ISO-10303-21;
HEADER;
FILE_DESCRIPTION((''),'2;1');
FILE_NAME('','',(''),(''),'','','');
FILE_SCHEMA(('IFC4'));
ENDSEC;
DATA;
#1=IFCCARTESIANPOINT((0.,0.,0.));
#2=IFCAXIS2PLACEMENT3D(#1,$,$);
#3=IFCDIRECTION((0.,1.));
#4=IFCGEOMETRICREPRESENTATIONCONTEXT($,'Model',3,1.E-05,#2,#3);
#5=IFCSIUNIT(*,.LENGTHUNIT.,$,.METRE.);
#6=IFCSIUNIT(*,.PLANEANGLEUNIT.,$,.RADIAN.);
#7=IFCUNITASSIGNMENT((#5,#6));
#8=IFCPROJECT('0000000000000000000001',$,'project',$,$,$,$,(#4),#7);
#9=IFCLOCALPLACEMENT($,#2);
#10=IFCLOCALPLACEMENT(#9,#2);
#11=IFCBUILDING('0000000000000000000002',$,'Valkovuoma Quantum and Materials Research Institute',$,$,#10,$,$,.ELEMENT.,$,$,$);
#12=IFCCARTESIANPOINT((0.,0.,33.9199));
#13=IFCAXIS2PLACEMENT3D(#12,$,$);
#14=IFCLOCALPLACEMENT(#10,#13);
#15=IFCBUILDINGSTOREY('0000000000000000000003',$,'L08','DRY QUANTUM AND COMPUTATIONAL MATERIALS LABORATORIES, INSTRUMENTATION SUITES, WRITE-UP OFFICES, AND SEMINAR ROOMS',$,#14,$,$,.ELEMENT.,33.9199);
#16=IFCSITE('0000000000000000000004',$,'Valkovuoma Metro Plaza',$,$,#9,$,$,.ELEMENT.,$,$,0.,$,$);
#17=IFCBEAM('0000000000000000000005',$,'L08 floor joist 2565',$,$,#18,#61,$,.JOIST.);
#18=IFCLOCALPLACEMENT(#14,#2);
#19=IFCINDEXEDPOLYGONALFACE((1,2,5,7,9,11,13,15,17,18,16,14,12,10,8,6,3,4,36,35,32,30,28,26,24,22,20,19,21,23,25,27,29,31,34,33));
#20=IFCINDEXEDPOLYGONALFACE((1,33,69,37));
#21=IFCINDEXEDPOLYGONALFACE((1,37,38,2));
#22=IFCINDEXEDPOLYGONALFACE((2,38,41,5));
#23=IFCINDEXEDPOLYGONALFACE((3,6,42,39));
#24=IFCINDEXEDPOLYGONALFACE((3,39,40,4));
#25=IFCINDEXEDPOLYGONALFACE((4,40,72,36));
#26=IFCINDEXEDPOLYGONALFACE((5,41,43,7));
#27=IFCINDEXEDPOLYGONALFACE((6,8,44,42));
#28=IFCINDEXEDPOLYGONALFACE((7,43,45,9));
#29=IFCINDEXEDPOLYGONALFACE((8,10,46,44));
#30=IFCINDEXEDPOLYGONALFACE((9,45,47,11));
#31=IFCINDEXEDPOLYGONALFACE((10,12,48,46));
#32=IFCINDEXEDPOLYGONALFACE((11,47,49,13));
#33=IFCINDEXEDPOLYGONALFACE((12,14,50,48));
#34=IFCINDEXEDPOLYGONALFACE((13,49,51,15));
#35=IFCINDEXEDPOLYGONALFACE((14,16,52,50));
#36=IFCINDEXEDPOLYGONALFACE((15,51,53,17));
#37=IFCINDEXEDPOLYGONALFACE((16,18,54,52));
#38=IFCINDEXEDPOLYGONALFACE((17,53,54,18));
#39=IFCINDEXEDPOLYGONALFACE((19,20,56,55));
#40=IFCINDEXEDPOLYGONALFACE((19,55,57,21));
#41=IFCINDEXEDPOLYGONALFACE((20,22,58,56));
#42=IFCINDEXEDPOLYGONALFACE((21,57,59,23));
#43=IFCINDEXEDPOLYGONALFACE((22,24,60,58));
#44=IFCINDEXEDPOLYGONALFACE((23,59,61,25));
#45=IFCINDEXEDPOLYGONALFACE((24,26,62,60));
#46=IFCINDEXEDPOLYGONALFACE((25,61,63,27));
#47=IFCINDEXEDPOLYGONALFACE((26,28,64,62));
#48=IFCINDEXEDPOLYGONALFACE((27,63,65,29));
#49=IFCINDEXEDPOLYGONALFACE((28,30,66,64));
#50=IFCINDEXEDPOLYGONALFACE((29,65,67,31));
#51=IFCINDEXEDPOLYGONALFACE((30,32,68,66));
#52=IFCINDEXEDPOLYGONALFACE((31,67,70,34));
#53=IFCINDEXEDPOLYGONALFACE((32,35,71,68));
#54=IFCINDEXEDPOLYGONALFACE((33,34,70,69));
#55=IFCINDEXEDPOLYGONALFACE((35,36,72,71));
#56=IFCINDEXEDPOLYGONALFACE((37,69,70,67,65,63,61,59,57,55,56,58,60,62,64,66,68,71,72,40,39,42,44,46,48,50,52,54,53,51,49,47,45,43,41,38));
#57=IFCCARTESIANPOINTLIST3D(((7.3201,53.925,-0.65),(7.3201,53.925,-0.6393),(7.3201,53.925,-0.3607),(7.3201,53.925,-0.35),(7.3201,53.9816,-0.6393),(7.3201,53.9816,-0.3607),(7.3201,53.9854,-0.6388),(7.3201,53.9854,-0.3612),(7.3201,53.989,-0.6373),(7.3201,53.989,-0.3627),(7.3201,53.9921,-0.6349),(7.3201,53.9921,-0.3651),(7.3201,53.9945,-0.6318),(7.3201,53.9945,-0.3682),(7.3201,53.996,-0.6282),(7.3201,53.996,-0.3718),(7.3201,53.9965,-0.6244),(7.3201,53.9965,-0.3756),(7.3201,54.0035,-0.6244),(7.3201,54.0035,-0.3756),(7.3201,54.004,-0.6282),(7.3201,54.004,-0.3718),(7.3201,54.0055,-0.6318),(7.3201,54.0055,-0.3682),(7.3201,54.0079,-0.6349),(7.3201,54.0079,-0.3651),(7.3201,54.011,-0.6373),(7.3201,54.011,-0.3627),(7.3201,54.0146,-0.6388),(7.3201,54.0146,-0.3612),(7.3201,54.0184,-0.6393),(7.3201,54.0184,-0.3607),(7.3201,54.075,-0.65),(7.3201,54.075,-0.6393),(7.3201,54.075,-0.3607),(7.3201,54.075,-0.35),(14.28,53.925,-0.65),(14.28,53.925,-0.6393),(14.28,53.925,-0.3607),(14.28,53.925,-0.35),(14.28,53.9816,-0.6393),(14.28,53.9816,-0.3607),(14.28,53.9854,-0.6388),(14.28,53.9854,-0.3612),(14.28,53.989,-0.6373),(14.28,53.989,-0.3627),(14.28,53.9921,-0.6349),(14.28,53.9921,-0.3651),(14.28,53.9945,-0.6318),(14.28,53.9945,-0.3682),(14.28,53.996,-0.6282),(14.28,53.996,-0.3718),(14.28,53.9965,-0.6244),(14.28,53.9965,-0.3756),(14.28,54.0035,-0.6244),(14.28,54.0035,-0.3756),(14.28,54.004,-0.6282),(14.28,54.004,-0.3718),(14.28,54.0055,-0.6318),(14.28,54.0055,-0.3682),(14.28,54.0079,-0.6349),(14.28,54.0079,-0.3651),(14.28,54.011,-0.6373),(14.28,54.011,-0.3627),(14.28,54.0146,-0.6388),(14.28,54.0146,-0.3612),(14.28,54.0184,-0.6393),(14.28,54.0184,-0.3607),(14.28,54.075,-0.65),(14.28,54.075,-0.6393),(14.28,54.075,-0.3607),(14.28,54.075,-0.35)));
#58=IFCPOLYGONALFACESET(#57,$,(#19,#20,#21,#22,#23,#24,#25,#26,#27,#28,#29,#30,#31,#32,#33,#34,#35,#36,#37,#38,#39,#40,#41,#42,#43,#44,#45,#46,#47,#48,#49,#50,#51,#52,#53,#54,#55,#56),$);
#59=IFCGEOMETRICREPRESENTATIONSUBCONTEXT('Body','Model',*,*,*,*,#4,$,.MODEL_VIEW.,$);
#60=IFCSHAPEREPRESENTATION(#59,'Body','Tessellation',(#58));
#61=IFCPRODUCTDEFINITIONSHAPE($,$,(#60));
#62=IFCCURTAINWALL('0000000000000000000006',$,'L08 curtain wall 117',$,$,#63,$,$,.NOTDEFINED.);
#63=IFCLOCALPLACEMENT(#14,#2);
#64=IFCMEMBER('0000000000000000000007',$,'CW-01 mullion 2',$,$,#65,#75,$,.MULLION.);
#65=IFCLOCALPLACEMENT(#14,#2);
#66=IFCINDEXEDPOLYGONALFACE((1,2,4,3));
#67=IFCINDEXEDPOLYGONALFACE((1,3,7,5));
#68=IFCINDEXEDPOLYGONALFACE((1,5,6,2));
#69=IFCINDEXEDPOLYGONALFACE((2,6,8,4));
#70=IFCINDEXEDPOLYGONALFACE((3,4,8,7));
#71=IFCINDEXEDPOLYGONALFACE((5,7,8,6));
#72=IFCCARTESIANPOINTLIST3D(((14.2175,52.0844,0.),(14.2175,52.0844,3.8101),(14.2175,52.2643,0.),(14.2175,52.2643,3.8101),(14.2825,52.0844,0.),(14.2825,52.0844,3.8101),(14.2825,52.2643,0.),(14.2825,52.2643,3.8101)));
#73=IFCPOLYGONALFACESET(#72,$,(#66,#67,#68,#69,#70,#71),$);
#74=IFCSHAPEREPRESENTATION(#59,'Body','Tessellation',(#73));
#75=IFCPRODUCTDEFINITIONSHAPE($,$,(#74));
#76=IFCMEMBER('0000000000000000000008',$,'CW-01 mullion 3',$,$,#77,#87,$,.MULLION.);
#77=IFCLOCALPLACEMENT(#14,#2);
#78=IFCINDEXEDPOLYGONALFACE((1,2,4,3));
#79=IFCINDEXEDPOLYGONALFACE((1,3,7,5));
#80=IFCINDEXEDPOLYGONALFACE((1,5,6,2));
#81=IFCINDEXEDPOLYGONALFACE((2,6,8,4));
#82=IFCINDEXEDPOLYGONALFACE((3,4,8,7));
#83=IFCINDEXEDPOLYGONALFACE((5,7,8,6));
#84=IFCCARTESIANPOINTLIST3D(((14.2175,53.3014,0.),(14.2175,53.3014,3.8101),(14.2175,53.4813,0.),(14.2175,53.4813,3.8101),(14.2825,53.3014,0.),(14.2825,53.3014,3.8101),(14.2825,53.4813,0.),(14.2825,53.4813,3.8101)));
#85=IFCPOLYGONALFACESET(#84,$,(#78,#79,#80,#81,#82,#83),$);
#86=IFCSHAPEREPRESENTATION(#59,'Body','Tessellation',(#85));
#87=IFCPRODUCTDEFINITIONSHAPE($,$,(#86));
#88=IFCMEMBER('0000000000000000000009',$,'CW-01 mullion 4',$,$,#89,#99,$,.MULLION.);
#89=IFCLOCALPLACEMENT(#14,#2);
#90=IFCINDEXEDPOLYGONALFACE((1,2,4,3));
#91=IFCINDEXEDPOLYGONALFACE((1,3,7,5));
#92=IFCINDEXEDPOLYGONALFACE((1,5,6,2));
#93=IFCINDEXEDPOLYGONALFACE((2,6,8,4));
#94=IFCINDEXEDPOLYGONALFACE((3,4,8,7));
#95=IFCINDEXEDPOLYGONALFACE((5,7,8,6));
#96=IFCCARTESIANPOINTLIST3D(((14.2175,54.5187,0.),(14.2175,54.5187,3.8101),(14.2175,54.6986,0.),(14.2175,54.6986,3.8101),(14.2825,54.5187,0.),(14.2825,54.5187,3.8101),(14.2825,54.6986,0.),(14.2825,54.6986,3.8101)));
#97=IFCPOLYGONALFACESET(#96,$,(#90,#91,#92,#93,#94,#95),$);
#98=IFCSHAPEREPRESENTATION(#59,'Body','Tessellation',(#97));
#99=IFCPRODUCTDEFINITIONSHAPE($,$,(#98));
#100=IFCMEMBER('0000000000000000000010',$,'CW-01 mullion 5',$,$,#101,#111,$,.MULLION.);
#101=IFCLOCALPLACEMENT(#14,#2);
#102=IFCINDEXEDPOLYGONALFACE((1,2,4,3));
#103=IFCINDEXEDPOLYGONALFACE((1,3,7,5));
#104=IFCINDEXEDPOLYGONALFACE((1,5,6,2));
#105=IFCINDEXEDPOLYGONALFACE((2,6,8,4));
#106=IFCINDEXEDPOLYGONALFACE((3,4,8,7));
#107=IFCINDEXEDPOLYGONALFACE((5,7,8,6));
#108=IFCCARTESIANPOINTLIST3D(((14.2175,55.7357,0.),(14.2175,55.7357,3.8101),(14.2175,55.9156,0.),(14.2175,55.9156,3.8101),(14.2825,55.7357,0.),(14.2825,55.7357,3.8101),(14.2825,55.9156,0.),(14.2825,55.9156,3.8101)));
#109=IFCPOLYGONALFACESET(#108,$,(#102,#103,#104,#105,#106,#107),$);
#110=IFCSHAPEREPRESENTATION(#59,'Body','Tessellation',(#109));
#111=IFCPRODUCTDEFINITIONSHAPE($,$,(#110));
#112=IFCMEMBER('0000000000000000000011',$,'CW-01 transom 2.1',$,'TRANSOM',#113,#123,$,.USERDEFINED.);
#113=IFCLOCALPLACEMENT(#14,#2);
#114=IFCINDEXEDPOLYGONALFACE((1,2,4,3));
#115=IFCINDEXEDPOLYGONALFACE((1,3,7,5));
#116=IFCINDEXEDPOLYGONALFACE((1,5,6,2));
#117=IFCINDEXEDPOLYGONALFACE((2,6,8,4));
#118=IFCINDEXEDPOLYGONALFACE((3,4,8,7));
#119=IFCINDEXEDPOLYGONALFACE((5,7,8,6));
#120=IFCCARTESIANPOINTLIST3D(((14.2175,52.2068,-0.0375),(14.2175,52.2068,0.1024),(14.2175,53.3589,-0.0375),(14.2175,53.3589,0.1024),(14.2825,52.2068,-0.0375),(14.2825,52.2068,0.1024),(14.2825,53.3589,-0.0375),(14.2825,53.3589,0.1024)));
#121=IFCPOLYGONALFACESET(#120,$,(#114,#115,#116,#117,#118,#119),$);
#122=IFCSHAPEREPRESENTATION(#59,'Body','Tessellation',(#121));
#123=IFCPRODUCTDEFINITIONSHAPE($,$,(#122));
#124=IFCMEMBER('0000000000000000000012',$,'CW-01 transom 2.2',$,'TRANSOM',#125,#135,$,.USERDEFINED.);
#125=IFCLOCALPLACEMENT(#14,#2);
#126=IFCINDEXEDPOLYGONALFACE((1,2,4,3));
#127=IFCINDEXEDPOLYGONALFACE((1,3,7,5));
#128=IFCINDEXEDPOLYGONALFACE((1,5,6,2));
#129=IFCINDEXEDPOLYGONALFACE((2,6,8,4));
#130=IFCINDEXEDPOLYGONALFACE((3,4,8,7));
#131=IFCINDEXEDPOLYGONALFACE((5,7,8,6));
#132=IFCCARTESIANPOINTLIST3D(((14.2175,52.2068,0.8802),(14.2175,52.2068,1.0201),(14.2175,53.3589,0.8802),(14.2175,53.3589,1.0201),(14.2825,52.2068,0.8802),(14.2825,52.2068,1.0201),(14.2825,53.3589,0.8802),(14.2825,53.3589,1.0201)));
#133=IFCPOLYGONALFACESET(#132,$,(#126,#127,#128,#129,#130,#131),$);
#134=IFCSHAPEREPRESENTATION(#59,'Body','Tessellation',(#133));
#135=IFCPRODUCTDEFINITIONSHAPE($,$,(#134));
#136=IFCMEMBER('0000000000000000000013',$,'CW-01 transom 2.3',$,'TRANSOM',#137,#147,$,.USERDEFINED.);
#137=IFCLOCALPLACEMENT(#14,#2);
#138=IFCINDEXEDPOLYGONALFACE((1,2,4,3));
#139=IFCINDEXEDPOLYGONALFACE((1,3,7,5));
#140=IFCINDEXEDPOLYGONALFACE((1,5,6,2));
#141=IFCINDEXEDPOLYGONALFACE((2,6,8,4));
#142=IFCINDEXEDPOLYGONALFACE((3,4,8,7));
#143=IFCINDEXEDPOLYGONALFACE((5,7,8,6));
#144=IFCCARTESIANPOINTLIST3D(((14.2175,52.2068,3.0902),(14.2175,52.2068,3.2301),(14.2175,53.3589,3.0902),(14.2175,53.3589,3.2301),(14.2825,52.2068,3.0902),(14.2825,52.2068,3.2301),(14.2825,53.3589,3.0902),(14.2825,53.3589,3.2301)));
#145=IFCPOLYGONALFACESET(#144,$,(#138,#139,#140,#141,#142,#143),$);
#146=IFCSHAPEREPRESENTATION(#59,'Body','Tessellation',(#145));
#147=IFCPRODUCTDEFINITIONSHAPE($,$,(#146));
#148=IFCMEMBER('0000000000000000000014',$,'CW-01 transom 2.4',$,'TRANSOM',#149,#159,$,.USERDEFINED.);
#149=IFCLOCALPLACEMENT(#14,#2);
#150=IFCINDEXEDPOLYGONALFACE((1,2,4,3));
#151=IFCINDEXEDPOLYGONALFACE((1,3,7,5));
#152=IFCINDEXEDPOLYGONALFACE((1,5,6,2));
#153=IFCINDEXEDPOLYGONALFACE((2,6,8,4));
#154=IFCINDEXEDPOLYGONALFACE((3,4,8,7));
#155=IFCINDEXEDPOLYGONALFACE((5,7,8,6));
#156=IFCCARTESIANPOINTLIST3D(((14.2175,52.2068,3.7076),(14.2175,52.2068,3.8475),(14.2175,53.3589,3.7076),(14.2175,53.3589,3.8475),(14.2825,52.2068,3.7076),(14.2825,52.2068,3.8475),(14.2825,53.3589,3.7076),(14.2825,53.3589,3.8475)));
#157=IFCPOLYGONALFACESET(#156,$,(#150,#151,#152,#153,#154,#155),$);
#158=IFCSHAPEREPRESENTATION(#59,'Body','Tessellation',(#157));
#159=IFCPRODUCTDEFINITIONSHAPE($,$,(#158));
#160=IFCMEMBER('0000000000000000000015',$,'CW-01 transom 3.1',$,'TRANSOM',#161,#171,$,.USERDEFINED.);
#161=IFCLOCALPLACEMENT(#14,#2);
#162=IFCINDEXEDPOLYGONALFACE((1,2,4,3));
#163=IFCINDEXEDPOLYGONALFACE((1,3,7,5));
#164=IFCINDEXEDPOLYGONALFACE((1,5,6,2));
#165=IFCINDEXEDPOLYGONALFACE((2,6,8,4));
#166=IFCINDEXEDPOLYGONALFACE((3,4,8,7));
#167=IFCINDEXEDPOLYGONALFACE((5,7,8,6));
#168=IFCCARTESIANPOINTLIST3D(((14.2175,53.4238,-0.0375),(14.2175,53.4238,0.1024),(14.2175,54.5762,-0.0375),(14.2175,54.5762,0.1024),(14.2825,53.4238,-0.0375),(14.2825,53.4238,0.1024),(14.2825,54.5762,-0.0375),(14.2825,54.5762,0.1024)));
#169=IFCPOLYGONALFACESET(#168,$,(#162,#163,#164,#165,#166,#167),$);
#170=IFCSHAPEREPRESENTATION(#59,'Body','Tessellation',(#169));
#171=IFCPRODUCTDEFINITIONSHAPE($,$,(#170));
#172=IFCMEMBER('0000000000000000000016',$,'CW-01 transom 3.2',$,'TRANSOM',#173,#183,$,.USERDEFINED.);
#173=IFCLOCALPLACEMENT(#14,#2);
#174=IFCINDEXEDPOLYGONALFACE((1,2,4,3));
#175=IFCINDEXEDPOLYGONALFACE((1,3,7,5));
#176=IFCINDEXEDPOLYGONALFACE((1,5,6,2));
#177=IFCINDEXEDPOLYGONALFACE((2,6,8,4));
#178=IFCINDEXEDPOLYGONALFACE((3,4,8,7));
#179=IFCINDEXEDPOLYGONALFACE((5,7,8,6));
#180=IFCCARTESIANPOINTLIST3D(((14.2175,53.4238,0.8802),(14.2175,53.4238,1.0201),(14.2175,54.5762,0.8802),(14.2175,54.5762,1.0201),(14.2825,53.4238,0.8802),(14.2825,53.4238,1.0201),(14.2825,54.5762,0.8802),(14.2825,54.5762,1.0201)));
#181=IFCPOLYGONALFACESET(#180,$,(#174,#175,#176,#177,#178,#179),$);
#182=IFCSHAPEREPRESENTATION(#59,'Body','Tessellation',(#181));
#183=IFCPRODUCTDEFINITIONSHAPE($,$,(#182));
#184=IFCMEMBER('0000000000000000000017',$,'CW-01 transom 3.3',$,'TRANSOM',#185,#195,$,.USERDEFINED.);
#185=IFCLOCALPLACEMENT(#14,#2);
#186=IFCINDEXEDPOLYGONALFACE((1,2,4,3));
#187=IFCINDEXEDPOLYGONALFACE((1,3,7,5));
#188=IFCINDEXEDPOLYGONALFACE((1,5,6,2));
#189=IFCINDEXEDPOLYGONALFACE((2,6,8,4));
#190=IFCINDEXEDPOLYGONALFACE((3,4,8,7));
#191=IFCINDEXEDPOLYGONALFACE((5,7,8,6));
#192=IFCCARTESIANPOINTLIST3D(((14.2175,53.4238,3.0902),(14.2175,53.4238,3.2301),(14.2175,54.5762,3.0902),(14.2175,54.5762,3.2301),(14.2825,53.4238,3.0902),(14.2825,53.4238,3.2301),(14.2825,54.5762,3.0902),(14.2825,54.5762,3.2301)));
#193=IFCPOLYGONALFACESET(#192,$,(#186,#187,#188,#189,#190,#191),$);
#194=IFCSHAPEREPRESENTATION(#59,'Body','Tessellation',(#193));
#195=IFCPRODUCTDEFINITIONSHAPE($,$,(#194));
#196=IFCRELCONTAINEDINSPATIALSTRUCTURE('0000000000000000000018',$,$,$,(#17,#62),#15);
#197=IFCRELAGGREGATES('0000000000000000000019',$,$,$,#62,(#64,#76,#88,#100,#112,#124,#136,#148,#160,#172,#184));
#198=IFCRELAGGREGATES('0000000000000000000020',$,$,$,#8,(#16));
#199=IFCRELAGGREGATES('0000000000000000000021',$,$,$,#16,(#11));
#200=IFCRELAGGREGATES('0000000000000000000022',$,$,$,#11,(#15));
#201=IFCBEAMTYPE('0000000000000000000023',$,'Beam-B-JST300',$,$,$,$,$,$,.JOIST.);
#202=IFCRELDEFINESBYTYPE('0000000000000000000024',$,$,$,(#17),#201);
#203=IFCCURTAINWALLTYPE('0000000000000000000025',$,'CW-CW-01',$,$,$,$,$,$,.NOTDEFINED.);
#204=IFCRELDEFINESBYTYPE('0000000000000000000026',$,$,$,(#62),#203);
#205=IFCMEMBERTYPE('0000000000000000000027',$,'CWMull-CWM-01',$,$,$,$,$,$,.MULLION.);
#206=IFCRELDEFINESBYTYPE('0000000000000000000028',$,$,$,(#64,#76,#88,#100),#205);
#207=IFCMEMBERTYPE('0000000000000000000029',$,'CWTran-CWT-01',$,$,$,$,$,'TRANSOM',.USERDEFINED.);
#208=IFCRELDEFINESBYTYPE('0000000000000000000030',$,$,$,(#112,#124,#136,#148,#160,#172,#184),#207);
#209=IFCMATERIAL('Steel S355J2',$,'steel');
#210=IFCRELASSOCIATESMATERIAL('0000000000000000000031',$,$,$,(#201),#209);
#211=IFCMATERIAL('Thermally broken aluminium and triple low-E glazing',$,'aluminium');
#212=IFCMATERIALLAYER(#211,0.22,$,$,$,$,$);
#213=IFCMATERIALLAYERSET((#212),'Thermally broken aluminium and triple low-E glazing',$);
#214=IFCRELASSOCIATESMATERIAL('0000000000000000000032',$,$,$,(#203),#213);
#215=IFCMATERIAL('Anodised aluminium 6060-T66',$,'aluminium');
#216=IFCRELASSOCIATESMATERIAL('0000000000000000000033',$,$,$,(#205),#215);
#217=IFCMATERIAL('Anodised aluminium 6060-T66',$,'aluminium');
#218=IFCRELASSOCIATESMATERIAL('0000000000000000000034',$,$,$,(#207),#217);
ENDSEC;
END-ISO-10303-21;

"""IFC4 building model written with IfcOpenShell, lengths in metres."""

from ifc_helpers import new_model, si_unit, direction, frame, origin, origin_2d, place, context, subcontext, project, spatial, rectangle, i_section, extrude, material, layer, layer_set, material_profile, profile_set, type_object, element, aggregate, save


model = new_model("IFC4")

# Units and contexts
model_context = context("Model", 3, precision=1e-05, world=origin(), true_north=direction((0.0, 1.0)))
body_context = subcontext(model_context, "Body", "Model", "MODEL_VIEW")
ifc_project = project(units=[si_unit("LENGTHUNIT", "METRE"), si_unit("PLANEANGLEUNIT", "RADIAN")], contexts=[model_context])

# Site, building, storey
site_placement = place(None, origin())
site = spatial("IfcSite", under=ifc_project, at=site_placement, Name="Valkovuoma Metro Plaza", CompositionType="ELEMENT", RefElevation=0.0)
building_placement = place(site_placement, origin())
building = spatial("IfcBuilding", under=site, at=building_placement, Name="Valkovuoma Quantum and Materials Research Institute", CompositionType="ELEMENT")
storey_placement = place(building_placement, frame((0.0, 0.0, 33.9199)))
storey = spatial("IfcBuildingStorey", under=building, at=storey_placement, Name="L08", Description="DRY QUANTUM AND COMPUTATIONAL MATERIALS LABORATORIES, INSTRUMENTATION SUITES, WRITE-UP OFFICES, AND SEMINAR ROOMS", CompositionType="ELEMENT", Elevation=33.9199)

# Beam
ifc_material_1 = material(Name="Steel S355J2", Category="steel")
ifc_material_profile_1 = material_profile(ifc_material_1, i_section(OverallWidth=0.1499, OverallDepth=0.3, WebThickness=0.0071, FlangeThickness=0.0107, FilletRadius=0.0149, at=origin_2d()), Name="Steel S355J2")
ifc_profile_set_1 = profile_set([ifc_material_profile_1], Name="Steel S355J2")
beam_type = type_object("IfcBeamType", Name="Beam-B-JST300", PredefinedType="JOIST", material=ifc_profile_set_1)
beam_placement = place(storey_placement, frame((7.3201, 54.0, -0.5), z_axis=(1.0, 0.0, 0.0), x_axis=(0.0, 1.0, 0.0)))
element("IfcBeam", 1, at=beam_placement, inside=storey, type_object=beam_type, Name="L08 floor joist 2565", PredefinedType="JOIST", context=body_context, shape_type="SweptSolid", body=[
    extrude(i_section(OverallWidth=0.1499, OverallDepth=0.3, WebThickness=0.0071, FlangeThickness=0.0107, FilletRadius=0.0149, at=origin_2d()), origin(), (0.0, 0.0, 1.0), 6.96),
])

# Curtain wall, members
ifc_material_2 = material(Name="Thermally broken aluminium and triple low-E glazing", Category="aluminium")
ifc_layer_1 = layer(ifc_material_2, 0.22)
ifc_layer_set_1 = layer_set([ifc_layer_1], Name="Thermally broken aluminium and triple low-E glazing")
curtain_wall_type = type_object("IfcCurtainWallType", Name="CW-CW-01", PredefinedType="NOTDEFINED", material=ifc_layer_set_1)
curtain_wall_placement = place(storey_placement, origin())
curtain_wall = element("IfcCurtainWall", 2, at=curtain_wall_placement, inside=storey, type_object=curtain_wall_type, Name="L08 curtain wall 117", PredefinedType="NOTDEFINED")
ifc_material_3 = material(Name="Anodised aluminium 6060-T66", Category="aluminium")
ifc_material_profile_2 = material_profile(ifc_material_3, rectangle(XDim=0.0649, YDim=0.1799, at=origin_2d()), Name="Anodised aluminium 6060-T66")
ifc_profile_set_2 = profile_set([ifc_material_profile_2], Name="Anodised aluminium 6060-T66")
member_type_1 = type_object("IfcMemberType", Name="CWMull-CWM-01", PredefinedType="MULLION", material=ifc_profile_set_2)
member_1_placement = place(storey_placement, frame((14.25, 52.1743, 0.0), z_axis=(0.0, 0.0, 1.0), x_axis=(-1.0, 0.0, 0.0)))
member_1 = element("IfcMember", 3, at=member_1_placement, type_object=member_type_1, Name="CW-01 mullion 2", PredefinedType="MULLION", context=body_context, shape_type="SweptSolid", body=[
    extrude(rectangle(XDim=0.0649, YDim=0.1799, at=origin_2d()), origin(), (0.0, 0.0, 1.0), 3.8101),
])
member_2_placement = place(storey_placement, frame((14.25, 53.3914, 0.0), z_axis=(0.0, 0.0, 1.0), x_axis=(-1.0, 0.0, 0.0)))
member_2 = element("IfcMember", 4, at=member_2_placement, type_object=member_type_1, Name="CW-01 mullion 3", PredefinedType="MULLION", context=body_context, shape_type="SweptSolid", body=[
    extrude(rectangle(XDim=0.0649, YDim=0.1799, at=origin_2d()), origin(), (0.0, 0.0, 1.0), 3.8101),
])
member_3_placement = place(storey_placement, frame((14.25, 54.6086, 0.0), z_axis=(0.0, 0.0, 1.0), x_axis=(-1.0, 0.0, 0.0)))
member_3 = element("IfcMember", 5, at=member_3_placement, type_object=member_type_1, Name="CW-01 mullion 4", PredefinedType="MULLION", context=body_context, shape_type="SweptSolid", body=[
    extrude(rectangle(XDim=0.0649, YDim=0.1799, at=origin_2d()), origin(), (0.0, 0.0, 1.0), 3.8101),
])
member_4_placement = place(storey_placement, frame((14.25, 55.8257, 0.0), z_axis=(0.0, 0.0, 1.0), x_axis=(-1.0, 0.0, 0.0)))
member_4 = element("IfcMember", 6, at=member_4_placement, type_object=member_type_1, Name="CW-01 mullion 5", PredefinedType="MULLION", context=body_context, shape_type="SweptSolid", body=[
    extrude(rectangle(XDim=0.0649, YDim=0.1799, at=origin_2d()), origin(), (0.0, 0.0, 1.0), 3.8101),
])
ifc_material_4 = material(Name="Anodised aluminium 6060-T66", Category="aluminium")
ifc_material_profile_3 = material_profile(ifc_material_4, rectangle(XDim=0.0649, YDim=0.1399, at=origin_2d()), Name="Anodised aluminium 6060-T66")
ifc_profile_set_3 = profile_set([ifc_material_profile_3], Name="Anodised aluminium 6060-T66")
member_type_2 = type_object("IfcMemberType", Name="CWTran-CWT-01", ElementType="TRANSOM", PredefinedType="USERDEFINED", material=ifc_profile_set_3)
member_5_placement = place(storey_placement, frame((14.25, 52.2068, 0.0325), z_axis=(0.0, 1.0, 0.0), x_axis=(-1.0, 0.0, 0.0)))
member_5 = element("IfcMember", 7, at=member_5_placement, type_object=member_type_2, Name="CW-01 transom 2.1", ObjectType="TRANSOM", PredefinedType="USERDEFINED", context=body_context, shape_type="SweptSolid", body=[
    extrude(rectangle(XDim=0.0649, YDim=0.1399, at=origin_2d()), origin(), (0.0, 0.0, 1.0), 1.1521),
])
member_6_placement = place(storey_placement, frame((14.25, 52.2068, 0.9502), z_axis=(0.0, 1.0, 0.0), x_axis=(-1.0, 0.0, 0.0)))
member_6 = element("IfcMember", 8, at=member_6_placement, type_object=member_type_2, Name="CW-01 transom 2.2", ObjectType="TRANSOM", PredefinedType="USERDEFINED", context=body_context, shape_type="SweptSolid", body=[
    extrude(rectangle(XDim=0.0649, YDim=0.1399, at=origin_2d()), origin(), (0.0, 0.0, 1.0), 1.1521),
])
member_7_placement = place(storey_placement, frame((14.25, 52.2068, 3.1602), z_axis=(0.0, 1.0, 0.0), x_axis=(-1.0, 0.0, 0.0)))
member_7 = element("IfcMember", 9, at=member_7_placement, type_object=member_type_2, Name="CW-01 transom 2.3", ObjectType="TRANSOM", PredefinedType="USERDEFINED", context=body_context, shape_type="SweptSolid", body=[
    extrude(rectangle(XDim=0.0649, YDim=0.1399, at=origin_2d()), origin(), (0.0, 0.0, 1.0), 1.1521),
])
member_8_placement = place(storey_placement, frame((14.25, 52.2068, 3.7776), z_axis=(0.0, 1.0, 0.0), x_axis=(-1.0, 0.0, 0.0)))
member_8 = element("IfcMember", 10, at=member_8_placement, type_object=member_type_2, Name="CW-01 transom 2.4", ObjectType="TRANSOM", PredefinedType="USERDEFINED", context=body_context, shape_type="SweptSolid", body=[
    extrude(rectangle(XDim=0.0649, YDim=0.1399, at=origin_2d()), origin(), (0.0, 0.0, 1.0), 1.1521),
])
member_9_placement = place(storey_placement, frame((14.25, 53.4238, 0.0325), z_axis=(0.0, 1.0, 0.0), x_axis=(-1.0, 0.0, 0.0)))
member_9 = element("IfcMember", 11, at=member_9_placement, type_object=member_type_2, Name="CW-01 transom 3.1", ObjectType="TRANSOM", PredefinedType="USERDEFINED", context=body_context, shape_type="SweptSolid", body=[
    extrude(rectangle(XDim=0.0649, YDim=0.1399, at=origin_2d()), origin(), (0.0, 0.0, 1.0), 1.1523),
])
member_10_placement = place(storey_placement, frame((14.25, 53.4238, 0.9502), z_axis=(0.0, 1.0, 0.0), x_axis=(-1.0, 0.0, 0.0)))
member_10 = element("IfcMember", 12, at=member_10_placement, type_object=member_type_2, Name="CW-01 transom 3.2", ObjectType="TRANSOM", PredefinedType="USERDEFINED", context=body_context, shape_type="SweptSolid", body=[
    extrude(rectangle(XDim=0.0649, YDim=0.1399, at=origin_2d()), origin(), (0.0, 0.0, 1.0), 1.1523),
])
member_11_placement = place(storey_placement, frame((14.25, 53.4238, 3.1602), z_axis=(0.0, 1.0, 0.0), x_axis=(-1.0, 0.0, 0.0)))
member_11 = element("IfcMember", 13, at=member_11_placement, type_object=member_type_2, Name="CW-01 transom 3.3", ObjectType="TRANSOM", PredefinedType="USERDEFINED", context=body_context, shape_type="SweptSolid", body=[
    extrude(rectangle(XDim=0.0649, YDim=0.1399, at=origin_2d()), origin(), (0.0, 0.0, 1.0), 1.1523),
])
aggregate(curtain_wall, [member_1, member_2, member_3, member_4, member_5, member_6, member_7, member_8, member_9, member_10, member_11])

save(model, "model.ifc")
